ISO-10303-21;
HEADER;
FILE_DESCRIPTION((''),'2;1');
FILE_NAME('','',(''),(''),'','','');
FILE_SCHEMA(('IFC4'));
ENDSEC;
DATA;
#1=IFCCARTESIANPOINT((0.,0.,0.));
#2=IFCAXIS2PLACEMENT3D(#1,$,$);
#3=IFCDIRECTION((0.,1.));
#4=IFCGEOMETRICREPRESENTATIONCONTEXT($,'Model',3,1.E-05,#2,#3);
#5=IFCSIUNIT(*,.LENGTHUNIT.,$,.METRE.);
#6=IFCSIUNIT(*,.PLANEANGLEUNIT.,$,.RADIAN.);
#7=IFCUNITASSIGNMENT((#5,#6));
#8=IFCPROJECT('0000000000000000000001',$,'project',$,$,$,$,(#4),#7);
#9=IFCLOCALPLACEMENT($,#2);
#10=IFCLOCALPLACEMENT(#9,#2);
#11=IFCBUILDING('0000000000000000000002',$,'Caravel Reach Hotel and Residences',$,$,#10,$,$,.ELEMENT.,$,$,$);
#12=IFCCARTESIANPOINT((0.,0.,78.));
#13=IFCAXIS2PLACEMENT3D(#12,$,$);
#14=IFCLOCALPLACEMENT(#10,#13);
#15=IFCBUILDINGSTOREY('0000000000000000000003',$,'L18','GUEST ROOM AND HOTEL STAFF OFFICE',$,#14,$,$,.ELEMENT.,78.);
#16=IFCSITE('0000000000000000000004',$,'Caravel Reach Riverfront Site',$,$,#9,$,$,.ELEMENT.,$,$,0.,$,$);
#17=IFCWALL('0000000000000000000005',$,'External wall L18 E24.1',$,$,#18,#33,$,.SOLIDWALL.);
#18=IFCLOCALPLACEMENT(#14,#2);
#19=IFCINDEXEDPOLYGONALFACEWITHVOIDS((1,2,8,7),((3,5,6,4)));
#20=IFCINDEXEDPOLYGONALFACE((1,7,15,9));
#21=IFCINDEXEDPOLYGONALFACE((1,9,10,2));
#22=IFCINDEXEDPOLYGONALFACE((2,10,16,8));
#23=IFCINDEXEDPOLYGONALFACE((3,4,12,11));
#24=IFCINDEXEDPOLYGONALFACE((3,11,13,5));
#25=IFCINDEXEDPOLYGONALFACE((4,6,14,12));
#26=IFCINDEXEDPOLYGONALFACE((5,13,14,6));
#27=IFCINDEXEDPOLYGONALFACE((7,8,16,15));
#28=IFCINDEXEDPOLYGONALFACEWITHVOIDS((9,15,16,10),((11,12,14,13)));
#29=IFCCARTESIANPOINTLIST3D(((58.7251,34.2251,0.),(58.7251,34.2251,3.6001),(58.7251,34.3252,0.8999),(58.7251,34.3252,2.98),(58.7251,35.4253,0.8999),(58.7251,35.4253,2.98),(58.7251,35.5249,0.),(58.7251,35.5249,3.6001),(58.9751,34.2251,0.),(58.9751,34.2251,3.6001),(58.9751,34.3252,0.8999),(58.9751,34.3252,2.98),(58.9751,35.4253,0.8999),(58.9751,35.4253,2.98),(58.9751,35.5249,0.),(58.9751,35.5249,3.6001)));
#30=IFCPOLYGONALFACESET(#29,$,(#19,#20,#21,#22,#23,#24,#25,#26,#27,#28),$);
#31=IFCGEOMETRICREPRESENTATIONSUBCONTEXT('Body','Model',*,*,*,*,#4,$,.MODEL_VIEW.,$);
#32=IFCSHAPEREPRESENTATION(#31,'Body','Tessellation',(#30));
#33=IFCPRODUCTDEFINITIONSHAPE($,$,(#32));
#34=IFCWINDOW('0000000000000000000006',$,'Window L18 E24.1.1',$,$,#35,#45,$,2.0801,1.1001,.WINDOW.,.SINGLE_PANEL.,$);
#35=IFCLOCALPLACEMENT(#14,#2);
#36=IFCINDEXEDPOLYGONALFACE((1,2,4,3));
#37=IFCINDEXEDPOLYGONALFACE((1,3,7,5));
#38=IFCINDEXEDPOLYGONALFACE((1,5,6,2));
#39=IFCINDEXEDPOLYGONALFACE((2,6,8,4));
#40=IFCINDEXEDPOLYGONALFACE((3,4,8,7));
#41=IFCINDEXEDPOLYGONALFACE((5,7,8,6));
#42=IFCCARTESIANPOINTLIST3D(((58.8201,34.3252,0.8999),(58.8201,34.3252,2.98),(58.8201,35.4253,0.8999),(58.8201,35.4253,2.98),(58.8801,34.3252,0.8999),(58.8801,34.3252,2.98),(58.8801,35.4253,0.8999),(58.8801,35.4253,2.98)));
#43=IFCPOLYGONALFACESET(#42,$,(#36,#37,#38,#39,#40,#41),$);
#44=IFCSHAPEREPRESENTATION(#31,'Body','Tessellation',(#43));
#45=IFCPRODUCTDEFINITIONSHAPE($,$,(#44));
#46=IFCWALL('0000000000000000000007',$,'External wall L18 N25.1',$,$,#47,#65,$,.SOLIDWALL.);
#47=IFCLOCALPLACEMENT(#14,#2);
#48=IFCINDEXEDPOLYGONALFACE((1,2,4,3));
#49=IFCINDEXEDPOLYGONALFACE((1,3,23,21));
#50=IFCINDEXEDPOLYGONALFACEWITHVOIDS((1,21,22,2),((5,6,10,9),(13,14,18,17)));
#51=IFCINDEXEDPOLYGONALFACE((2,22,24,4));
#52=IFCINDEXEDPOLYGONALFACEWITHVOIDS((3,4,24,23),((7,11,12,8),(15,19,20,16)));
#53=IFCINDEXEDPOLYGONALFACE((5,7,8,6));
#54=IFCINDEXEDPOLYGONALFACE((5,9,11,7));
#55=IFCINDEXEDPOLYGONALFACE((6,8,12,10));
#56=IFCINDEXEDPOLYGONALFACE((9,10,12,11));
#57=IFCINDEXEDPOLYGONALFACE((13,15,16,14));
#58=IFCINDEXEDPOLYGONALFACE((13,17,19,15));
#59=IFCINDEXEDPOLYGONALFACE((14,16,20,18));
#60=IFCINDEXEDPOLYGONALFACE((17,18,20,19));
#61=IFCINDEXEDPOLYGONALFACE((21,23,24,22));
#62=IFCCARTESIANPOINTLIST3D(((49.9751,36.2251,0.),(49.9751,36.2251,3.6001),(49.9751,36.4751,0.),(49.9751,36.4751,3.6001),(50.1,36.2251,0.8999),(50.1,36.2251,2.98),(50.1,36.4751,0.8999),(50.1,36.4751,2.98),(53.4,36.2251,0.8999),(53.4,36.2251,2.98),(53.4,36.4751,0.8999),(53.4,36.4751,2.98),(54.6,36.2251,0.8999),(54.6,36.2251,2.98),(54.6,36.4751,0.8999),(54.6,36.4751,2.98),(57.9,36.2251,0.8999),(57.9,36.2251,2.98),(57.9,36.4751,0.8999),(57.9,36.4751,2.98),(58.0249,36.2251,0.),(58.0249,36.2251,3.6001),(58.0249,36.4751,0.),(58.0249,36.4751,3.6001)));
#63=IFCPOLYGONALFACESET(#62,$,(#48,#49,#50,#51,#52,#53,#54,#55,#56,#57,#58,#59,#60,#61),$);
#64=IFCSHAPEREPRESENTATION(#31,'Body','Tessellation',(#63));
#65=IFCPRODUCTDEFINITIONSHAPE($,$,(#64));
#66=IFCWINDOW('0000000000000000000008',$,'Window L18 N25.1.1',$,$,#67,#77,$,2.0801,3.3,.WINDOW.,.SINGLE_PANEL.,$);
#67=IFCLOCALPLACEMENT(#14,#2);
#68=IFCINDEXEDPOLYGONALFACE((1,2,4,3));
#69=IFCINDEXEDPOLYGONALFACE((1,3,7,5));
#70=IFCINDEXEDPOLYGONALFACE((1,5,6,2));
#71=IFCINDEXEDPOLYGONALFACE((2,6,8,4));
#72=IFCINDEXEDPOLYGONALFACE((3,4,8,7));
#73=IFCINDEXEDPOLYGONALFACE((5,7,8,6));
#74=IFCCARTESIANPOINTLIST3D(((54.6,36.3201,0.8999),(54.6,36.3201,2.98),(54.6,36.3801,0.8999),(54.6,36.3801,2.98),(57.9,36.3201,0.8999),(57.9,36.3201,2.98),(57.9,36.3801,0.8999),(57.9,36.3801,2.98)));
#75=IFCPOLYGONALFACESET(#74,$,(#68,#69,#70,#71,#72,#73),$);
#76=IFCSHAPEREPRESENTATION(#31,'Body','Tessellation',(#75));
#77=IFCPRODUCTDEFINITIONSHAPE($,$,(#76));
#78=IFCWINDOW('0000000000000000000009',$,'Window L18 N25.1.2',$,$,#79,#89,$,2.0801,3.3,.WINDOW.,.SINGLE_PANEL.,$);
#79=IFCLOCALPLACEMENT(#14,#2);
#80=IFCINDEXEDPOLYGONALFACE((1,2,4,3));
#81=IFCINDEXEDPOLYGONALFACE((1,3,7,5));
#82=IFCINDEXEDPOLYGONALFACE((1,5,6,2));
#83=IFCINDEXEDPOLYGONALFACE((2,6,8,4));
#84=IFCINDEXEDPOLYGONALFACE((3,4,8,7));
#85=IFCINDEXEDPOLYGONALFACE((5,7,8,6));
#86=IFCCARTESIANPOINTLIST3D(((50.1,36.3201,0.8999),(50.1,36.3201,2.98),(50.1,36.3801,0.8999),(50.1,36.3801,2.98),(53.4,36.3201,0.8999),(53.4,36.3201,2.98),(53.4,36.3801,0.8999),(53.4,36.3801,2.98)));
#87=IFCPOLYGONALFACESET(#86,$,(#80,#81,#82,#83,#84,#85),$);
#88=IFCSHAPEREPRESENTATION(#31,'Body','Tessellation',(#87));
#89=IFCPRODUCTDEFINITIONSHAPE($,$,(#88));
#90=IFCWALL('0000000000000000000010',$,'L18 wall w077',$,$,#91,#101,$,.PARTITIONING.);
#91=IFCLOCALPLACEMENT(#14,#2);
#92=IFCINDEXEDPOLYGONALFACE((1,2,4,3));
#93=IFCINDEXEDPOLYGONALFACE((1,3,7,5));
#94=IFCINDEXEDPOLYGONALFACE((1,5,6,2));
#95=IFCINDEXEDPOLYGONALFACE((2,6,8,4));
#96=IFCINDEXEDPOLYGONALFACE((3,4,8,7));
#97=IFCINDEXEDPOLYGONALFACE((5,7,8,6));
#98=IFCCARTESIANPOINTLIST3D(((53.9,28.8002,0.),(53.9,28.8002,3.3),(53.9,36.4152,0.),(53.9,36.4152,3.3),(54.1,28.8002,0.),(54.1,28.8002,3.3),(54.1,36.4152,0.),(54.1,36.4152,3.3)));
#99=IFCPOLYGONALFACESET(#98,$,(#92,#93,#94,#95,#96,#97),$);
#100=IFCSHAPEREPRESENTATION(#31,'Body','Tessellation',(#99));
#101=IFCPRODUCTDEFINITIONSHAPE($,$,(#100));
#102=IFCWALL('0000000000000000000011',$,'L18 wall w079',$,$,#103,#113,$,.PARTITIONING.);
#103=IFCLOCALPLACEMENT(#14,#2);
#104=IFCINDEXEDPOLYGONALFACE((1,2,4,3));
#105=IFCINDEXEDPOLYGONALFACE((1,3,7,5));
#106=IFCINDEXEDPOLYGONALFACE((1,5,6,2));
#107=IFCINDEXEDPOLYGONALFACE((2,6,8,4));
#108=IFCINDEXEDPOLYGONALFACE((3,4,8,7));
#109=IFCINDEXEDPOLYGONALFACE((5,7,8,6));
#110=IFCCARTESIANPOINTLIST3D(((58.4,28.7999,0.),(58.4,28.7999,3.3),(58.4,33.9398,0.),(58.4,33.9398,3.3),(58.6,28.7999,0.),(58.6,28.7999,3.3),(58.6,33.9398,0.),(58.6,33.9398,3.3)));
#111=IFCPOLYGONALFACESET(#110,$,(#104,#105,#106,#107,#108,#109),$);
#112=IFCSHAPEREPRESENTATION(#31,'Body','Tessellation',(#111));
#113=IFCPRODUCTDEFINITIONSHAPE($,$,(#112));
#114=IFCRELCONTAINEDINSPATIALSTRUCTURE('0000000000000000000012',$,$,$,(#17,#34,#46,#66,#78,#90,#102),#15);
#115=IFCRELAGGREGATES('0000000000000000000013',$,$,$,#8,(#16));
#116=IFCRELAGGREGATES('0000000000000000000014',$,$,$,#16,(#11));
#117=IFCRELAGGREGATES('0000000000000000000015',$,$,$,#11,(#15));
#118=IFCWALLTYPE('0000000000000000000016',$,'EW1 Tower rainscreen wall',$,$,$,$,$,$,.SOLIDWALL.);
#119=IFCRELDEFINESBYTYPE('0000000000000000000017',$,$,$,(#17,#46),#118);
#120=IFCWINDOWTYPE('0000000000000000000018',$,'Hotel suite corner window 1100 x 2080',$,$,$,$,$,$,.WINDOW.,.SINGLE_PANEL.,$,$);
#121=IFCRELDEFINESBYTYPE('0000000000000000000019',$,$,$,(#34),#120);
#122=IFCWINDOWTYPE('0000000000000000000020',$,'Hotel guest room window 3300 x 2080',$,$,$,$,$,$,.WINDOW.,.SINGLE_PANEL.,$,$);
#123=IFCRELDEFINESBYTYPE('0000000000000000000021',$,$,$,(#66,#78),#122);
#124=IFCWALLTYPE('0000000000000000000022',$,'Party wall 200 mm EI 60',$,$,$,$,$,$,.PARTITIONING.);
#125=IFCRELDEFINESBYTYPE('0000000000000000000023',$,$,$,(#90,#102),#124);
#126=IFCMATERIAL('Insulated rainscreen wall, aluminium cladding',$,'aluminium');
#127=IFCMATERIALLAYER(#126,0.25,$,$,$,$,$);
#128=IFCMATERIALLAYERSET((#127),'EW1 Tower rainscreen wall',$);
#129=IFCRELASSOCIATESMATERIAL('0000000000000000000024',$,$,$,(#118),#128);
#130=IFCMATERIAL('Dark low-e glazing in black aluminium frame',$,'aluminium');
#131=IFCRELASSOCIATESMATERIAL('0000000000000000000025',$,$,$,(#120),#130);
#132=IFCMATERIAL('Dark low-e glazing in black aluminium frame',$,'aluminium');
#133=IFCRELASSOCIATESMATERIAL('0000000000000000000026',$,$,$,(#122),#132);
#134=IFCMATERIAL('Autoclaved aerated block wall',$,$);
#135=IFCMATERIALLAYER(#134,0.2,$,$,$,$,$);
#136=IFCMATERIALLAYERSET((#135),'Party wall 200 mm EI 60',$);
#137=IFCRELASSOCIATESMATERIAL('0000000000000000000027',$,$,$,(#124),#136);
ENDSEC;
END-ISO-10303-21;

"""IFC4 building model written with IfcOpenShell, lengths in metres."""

from ifc_helpers import new_model, si_unit, direction, frame, frame_2d, origin, place, context, subcontext, project, spatial, rectangle, extrude, material, layer, layer_set, type_object, element, fill, save


model = new_model("IFC4")

# Units and contexts
model_context = context("Model", 3, precision=1e-05, world=origin(), true_north=direction((0.0, 1.0)))
body_context = subcontext(model_context, "Body", "Model", "MODEL_VIEW")
ifc_project = project(units=[si_unit("LENGTHUNIT", "METRE"), si_unit("PLANEANGLEUNIT", "RADIAN")], contexts=[model_context])

# Site, building, storey
site_placement = place(None, origin())
site = spatial("IfcSite", under=ifc_project, at=site_placement, Name="Caravel Reach Riverfront Site", CompositionType="ELEMENT", RefElevation=0.0)
building_placement = place(site_placement, origin())
building = spatial("IfcBuilding", under=site, at=building_placement, Name="Caravel Reach Hotel and Residences", CompositionType="ELEMENT")
storey_placement = place(building_placement, frame((0.0, 0.0, 78.0)))
storey = spatial("IfcBuildingStorey", under=building, at=storey_placement, Name="L18", Description="GUEST ROOM AND HOTEL STAFF OFFICE", CompositionType="ELEMENT", Elevation=78.0)

# Wall, opening, window
ifc_material_1 = material(Name="Insulated rainscreen wall, aluminium cladding", Category="aluminium")
ifc_layer_1 = layer(ifc_material_1, 0.25)
ifc_layer_set_1 = layer_set([ifc_layer_1], Name="EW1 Tower rainscreen wall")
wall_type_1 = type_object("IfcWallType", Name="EW1 Tower rainscreen wall", PredefinedType="SOLIDWALL", material=ifc_layer_set_1)
ifc_material_2 = material(Name="Dark low-e glazing in black aluminium frame", Category="aluminium")
window_type_1 = type_object("IfcWindowType", Name="Hotel suite corner window 1100 x 2080", PartitioningType="SINGLE_PANEL", PredefinedType="WINDOW", material=ifc_material_2)
wall_1_placement = place(storey_placement, frame((58.8501, 34.2251, 0.0), z_axis=(0.0, 0.0, 1.0), x_axis=(0.0, 1.0, 0.0)))
wall_1 = element("IfcWall", 1, at=wall_1_placement, inside=storey, type_object=wall_type_1, Name="External wall L18 E24.1", PredefinedType="SOLIDWALL", context=body_context, shape_type="SweptSolid", body=[
    extrude(rectangle(XDim=1.2998, YDim=0.25, at=frame_2d((0.6499, 0.0))), origin(), (0.0, 0.0, 1.0), 3.6001),
])
opening_1_placement = place(wall_1_placement, frame((0.1001, 0.0, 0.8999)))
opening_1 = element("IfcOpeningElement", 2, at=opening_1_placement, cuts=wall_1, PredefinedType="OPENING", context=body_context, shape_type="SweptSolid", body=[
    extrude(rectangle(XDim=1.1001, YDim=2.0801, at=frame_2d((0.55, 1.04))), frame((0.0, 0.135, 0.0), z_axis=(0.0, -1.0, 0.0), x_axis=(1.0, 0.0, 0.0)), (0.0, 0.0, 1.0), 0.27),
])
window_1_placement = place(opening_1_placement, origin())
window_1 = element("IfcWindow", 3, at=window_1_placement, inside=storey, type_object=window_type_1, Name="Window L18 E24.1.1", OverallHeight=2.0801, OverallWidth=1.1001, PartitioningType="SINGLE_PANEL", PredefinedType="WINDOW", context=body_context, shape_type="SweptSolid", body=[
    extrude(rectangle(XDim=1.1001, YDim=2.0801, at=frame_2d((0.55, 1.04))), frame((0.0, 0.03, 0.0), z_axis=(0.0, -1.0, 0.0), x_axis=(1.0, 0.0, 0.0)), (0.0, 0.0, 1.0), 0.0601),
])
fill(opening_1, window_1)

# Wall, openings, windows
wall_2_placement = place(storey_placement, frame((58.0249, 36.3501, 0.0), z_axis=(0.0, 0.0, 1.0), x_axis=(-1.0, 0.0, 0.0)))
wall_2 = element("IfcWall", 4, at=wall_2_placement, inside=storey, type_object=wall_type_1, Name="External wall L18 N25.1", PredefinedType="SOLIDWALL", context=body_context, shape_type="SweptSolid", body=[
    extrude(rectangle(XDim=8.0498, YDim=0.25, at=frame_2d((4.0249, 0.0))), origin(), (0.0, 0.0, 1.0), 3.6001),
])
opening_2_placement = place(wall_2_placement, frame((0.125, 0.0, 0.8999)))
opening_2 = element("IfcOpeningElement", 5, at=opening_2_placement, cuts=wall_2, PredefinedType="OPENING", context=body_context, shape_type="SweptSolid", body=[
    extrude(rectangle(XDim=3.3, YDim=2.0801, at=frame_2d((1.6499, 1.04))), frame((0.0, 0.135, 0.0), z_axis=(0.0, -1.0, 0.0), x_axis=(1.0, 0.0, 0.0)), (0.0, 0.0, 1.0), 0.27),
])
opening_3_placement = place(wall_2_placement, frame((4.625, 0.0, 0.8999)))
opening_3 = element("IfcOpeningElement", 6, at=opening_3_placement, cuts=wall_2, PredefinedType="OPENING", context=body_context, shape_type="SweptSolid", body=[
    extrude(rectangle(XDim=3.3, YDim=2.0801, at=frame_2d((1.6499, 1.04))), frame((0.0, 0.135, 0.0), z_axis=(0.0, -1.0, 0.0), x_axis=(1.0, 0.0, 0.0)), (0.0, 0.0, 1.0), 0.27),
])
ifc_material_3 = material(Name="Dark low-e glazing in black aluminium frame", Category="aluminium")
window_type_2 = type_object("IfcWindowType", Name="Hotel guest room window 3300 x 2080", PartitioningType="SINGLE_PANEL", PredefinedType="WINDOW", material=ifc_material_3)
window_2_placement = place(opening_2_placement, origin())
window_2 = element("IfcWindow", 7, at=window_2_placement, inside=storey, type_object=window_type_2, Name="Window L18 N25.1.1", OverallHeight=2.0801, OverallWidth=3.3, PartitioningType="SINGLE_PANEL", PredefinedType="WINDOW", context=body_context, shape_type="SweptSolid", body=[
    extrude(rectangle(XDim=3.3, YDim=2.0801, at=frame_2d((1.6499, 1.04))), frame((0.0, 0.03, 0.0), z_axis=(0.0, -1.0, 0.0), x_axis=(1.0, 0.0, 0.0)), (0.0, 0.0, 1.0), 0.0601),
])
fill(opening_2, window_2)
window_3_placement = place(opening_3_placement, origin())
window_3 = element("IfcWindow", 8, at=window_3_placement, inside=storey, type_object=window_type_2, Name="Window L18 N25.1.2", OverallHeight=2.0801, OverallWidth=3.3, PartitioningType="SINGLE_PANEL", PredefinedType="WINDOW", context=body_context, shape_type="SweptSolid", body=[
    extrude(rectangle(XDim=3.3, YDim=2.0801, at=frame_2d((1.6499, 1.04))), frame((0.0, 0.03, 0.0), z_axis=(0.0, -1.0, 0.0), x_axis=(1.0, 0.0, 0.0)), (0.0, 0.0, 1.0), 0.0601),
])
fill(opening_3, window_3)

# Walls
ifc_material_4 = material(Name="Autoclaved aerated block wall")
ifc_layer_2 = layer(ifc_material_4, 0.2)
ifc_layer_set_2 = layer_set([ifc_layer_2], Name="Party wall 200 mm EI 60")
wall_type_2 = type_object("IfcWallType", Name="Party wall 200 mm EI 60", PredefinedType="PARTITIONING", material=ifc_layer_set_2)
wall_3_placement = place(storey_placement, frame((54.0, 28.8, 0.0), z_axis=(0.0, 0.0, 1.0), x_axis=(0.0, 1.0, 0.0)))
element("IfcWall", 9, at=wall_3_placement, inside=storey, type_object=wall_type_2, Name="L18 wall w077", PredefinedType="PARTITIONING", context=body_context, shape_type="SweptSolid", body=[
    extrude(rectangle(XDim=7.615, YDim=0.2, at=frame_2d((3.8076, 0.0))), origin(), (0.0, 0.0, 1.0), 3.3),
])
wall_4_placement = place(storey_placement, frame((58.5, 28.8, 0.0), z_axis=(0.0, 0.0, 1.0), x_axis=(0.0, 1.0, 0.0)))
element("IfcWall", 10, at=wall_4_placement, inside=storey, type_object=wall_type_2, Name="L18 wall w079", PredefinedType="PARTITIONING", context=body_context, shape_type="SweptSolid", body=[
    extrude(rectangle(XDim=5.1399, YDim=0.2, at=frame_2d((2.5698, 0.0))), origin(), (0.0, 0.0, 1.0), 3.3),
])

save(model, "model.ifc")
